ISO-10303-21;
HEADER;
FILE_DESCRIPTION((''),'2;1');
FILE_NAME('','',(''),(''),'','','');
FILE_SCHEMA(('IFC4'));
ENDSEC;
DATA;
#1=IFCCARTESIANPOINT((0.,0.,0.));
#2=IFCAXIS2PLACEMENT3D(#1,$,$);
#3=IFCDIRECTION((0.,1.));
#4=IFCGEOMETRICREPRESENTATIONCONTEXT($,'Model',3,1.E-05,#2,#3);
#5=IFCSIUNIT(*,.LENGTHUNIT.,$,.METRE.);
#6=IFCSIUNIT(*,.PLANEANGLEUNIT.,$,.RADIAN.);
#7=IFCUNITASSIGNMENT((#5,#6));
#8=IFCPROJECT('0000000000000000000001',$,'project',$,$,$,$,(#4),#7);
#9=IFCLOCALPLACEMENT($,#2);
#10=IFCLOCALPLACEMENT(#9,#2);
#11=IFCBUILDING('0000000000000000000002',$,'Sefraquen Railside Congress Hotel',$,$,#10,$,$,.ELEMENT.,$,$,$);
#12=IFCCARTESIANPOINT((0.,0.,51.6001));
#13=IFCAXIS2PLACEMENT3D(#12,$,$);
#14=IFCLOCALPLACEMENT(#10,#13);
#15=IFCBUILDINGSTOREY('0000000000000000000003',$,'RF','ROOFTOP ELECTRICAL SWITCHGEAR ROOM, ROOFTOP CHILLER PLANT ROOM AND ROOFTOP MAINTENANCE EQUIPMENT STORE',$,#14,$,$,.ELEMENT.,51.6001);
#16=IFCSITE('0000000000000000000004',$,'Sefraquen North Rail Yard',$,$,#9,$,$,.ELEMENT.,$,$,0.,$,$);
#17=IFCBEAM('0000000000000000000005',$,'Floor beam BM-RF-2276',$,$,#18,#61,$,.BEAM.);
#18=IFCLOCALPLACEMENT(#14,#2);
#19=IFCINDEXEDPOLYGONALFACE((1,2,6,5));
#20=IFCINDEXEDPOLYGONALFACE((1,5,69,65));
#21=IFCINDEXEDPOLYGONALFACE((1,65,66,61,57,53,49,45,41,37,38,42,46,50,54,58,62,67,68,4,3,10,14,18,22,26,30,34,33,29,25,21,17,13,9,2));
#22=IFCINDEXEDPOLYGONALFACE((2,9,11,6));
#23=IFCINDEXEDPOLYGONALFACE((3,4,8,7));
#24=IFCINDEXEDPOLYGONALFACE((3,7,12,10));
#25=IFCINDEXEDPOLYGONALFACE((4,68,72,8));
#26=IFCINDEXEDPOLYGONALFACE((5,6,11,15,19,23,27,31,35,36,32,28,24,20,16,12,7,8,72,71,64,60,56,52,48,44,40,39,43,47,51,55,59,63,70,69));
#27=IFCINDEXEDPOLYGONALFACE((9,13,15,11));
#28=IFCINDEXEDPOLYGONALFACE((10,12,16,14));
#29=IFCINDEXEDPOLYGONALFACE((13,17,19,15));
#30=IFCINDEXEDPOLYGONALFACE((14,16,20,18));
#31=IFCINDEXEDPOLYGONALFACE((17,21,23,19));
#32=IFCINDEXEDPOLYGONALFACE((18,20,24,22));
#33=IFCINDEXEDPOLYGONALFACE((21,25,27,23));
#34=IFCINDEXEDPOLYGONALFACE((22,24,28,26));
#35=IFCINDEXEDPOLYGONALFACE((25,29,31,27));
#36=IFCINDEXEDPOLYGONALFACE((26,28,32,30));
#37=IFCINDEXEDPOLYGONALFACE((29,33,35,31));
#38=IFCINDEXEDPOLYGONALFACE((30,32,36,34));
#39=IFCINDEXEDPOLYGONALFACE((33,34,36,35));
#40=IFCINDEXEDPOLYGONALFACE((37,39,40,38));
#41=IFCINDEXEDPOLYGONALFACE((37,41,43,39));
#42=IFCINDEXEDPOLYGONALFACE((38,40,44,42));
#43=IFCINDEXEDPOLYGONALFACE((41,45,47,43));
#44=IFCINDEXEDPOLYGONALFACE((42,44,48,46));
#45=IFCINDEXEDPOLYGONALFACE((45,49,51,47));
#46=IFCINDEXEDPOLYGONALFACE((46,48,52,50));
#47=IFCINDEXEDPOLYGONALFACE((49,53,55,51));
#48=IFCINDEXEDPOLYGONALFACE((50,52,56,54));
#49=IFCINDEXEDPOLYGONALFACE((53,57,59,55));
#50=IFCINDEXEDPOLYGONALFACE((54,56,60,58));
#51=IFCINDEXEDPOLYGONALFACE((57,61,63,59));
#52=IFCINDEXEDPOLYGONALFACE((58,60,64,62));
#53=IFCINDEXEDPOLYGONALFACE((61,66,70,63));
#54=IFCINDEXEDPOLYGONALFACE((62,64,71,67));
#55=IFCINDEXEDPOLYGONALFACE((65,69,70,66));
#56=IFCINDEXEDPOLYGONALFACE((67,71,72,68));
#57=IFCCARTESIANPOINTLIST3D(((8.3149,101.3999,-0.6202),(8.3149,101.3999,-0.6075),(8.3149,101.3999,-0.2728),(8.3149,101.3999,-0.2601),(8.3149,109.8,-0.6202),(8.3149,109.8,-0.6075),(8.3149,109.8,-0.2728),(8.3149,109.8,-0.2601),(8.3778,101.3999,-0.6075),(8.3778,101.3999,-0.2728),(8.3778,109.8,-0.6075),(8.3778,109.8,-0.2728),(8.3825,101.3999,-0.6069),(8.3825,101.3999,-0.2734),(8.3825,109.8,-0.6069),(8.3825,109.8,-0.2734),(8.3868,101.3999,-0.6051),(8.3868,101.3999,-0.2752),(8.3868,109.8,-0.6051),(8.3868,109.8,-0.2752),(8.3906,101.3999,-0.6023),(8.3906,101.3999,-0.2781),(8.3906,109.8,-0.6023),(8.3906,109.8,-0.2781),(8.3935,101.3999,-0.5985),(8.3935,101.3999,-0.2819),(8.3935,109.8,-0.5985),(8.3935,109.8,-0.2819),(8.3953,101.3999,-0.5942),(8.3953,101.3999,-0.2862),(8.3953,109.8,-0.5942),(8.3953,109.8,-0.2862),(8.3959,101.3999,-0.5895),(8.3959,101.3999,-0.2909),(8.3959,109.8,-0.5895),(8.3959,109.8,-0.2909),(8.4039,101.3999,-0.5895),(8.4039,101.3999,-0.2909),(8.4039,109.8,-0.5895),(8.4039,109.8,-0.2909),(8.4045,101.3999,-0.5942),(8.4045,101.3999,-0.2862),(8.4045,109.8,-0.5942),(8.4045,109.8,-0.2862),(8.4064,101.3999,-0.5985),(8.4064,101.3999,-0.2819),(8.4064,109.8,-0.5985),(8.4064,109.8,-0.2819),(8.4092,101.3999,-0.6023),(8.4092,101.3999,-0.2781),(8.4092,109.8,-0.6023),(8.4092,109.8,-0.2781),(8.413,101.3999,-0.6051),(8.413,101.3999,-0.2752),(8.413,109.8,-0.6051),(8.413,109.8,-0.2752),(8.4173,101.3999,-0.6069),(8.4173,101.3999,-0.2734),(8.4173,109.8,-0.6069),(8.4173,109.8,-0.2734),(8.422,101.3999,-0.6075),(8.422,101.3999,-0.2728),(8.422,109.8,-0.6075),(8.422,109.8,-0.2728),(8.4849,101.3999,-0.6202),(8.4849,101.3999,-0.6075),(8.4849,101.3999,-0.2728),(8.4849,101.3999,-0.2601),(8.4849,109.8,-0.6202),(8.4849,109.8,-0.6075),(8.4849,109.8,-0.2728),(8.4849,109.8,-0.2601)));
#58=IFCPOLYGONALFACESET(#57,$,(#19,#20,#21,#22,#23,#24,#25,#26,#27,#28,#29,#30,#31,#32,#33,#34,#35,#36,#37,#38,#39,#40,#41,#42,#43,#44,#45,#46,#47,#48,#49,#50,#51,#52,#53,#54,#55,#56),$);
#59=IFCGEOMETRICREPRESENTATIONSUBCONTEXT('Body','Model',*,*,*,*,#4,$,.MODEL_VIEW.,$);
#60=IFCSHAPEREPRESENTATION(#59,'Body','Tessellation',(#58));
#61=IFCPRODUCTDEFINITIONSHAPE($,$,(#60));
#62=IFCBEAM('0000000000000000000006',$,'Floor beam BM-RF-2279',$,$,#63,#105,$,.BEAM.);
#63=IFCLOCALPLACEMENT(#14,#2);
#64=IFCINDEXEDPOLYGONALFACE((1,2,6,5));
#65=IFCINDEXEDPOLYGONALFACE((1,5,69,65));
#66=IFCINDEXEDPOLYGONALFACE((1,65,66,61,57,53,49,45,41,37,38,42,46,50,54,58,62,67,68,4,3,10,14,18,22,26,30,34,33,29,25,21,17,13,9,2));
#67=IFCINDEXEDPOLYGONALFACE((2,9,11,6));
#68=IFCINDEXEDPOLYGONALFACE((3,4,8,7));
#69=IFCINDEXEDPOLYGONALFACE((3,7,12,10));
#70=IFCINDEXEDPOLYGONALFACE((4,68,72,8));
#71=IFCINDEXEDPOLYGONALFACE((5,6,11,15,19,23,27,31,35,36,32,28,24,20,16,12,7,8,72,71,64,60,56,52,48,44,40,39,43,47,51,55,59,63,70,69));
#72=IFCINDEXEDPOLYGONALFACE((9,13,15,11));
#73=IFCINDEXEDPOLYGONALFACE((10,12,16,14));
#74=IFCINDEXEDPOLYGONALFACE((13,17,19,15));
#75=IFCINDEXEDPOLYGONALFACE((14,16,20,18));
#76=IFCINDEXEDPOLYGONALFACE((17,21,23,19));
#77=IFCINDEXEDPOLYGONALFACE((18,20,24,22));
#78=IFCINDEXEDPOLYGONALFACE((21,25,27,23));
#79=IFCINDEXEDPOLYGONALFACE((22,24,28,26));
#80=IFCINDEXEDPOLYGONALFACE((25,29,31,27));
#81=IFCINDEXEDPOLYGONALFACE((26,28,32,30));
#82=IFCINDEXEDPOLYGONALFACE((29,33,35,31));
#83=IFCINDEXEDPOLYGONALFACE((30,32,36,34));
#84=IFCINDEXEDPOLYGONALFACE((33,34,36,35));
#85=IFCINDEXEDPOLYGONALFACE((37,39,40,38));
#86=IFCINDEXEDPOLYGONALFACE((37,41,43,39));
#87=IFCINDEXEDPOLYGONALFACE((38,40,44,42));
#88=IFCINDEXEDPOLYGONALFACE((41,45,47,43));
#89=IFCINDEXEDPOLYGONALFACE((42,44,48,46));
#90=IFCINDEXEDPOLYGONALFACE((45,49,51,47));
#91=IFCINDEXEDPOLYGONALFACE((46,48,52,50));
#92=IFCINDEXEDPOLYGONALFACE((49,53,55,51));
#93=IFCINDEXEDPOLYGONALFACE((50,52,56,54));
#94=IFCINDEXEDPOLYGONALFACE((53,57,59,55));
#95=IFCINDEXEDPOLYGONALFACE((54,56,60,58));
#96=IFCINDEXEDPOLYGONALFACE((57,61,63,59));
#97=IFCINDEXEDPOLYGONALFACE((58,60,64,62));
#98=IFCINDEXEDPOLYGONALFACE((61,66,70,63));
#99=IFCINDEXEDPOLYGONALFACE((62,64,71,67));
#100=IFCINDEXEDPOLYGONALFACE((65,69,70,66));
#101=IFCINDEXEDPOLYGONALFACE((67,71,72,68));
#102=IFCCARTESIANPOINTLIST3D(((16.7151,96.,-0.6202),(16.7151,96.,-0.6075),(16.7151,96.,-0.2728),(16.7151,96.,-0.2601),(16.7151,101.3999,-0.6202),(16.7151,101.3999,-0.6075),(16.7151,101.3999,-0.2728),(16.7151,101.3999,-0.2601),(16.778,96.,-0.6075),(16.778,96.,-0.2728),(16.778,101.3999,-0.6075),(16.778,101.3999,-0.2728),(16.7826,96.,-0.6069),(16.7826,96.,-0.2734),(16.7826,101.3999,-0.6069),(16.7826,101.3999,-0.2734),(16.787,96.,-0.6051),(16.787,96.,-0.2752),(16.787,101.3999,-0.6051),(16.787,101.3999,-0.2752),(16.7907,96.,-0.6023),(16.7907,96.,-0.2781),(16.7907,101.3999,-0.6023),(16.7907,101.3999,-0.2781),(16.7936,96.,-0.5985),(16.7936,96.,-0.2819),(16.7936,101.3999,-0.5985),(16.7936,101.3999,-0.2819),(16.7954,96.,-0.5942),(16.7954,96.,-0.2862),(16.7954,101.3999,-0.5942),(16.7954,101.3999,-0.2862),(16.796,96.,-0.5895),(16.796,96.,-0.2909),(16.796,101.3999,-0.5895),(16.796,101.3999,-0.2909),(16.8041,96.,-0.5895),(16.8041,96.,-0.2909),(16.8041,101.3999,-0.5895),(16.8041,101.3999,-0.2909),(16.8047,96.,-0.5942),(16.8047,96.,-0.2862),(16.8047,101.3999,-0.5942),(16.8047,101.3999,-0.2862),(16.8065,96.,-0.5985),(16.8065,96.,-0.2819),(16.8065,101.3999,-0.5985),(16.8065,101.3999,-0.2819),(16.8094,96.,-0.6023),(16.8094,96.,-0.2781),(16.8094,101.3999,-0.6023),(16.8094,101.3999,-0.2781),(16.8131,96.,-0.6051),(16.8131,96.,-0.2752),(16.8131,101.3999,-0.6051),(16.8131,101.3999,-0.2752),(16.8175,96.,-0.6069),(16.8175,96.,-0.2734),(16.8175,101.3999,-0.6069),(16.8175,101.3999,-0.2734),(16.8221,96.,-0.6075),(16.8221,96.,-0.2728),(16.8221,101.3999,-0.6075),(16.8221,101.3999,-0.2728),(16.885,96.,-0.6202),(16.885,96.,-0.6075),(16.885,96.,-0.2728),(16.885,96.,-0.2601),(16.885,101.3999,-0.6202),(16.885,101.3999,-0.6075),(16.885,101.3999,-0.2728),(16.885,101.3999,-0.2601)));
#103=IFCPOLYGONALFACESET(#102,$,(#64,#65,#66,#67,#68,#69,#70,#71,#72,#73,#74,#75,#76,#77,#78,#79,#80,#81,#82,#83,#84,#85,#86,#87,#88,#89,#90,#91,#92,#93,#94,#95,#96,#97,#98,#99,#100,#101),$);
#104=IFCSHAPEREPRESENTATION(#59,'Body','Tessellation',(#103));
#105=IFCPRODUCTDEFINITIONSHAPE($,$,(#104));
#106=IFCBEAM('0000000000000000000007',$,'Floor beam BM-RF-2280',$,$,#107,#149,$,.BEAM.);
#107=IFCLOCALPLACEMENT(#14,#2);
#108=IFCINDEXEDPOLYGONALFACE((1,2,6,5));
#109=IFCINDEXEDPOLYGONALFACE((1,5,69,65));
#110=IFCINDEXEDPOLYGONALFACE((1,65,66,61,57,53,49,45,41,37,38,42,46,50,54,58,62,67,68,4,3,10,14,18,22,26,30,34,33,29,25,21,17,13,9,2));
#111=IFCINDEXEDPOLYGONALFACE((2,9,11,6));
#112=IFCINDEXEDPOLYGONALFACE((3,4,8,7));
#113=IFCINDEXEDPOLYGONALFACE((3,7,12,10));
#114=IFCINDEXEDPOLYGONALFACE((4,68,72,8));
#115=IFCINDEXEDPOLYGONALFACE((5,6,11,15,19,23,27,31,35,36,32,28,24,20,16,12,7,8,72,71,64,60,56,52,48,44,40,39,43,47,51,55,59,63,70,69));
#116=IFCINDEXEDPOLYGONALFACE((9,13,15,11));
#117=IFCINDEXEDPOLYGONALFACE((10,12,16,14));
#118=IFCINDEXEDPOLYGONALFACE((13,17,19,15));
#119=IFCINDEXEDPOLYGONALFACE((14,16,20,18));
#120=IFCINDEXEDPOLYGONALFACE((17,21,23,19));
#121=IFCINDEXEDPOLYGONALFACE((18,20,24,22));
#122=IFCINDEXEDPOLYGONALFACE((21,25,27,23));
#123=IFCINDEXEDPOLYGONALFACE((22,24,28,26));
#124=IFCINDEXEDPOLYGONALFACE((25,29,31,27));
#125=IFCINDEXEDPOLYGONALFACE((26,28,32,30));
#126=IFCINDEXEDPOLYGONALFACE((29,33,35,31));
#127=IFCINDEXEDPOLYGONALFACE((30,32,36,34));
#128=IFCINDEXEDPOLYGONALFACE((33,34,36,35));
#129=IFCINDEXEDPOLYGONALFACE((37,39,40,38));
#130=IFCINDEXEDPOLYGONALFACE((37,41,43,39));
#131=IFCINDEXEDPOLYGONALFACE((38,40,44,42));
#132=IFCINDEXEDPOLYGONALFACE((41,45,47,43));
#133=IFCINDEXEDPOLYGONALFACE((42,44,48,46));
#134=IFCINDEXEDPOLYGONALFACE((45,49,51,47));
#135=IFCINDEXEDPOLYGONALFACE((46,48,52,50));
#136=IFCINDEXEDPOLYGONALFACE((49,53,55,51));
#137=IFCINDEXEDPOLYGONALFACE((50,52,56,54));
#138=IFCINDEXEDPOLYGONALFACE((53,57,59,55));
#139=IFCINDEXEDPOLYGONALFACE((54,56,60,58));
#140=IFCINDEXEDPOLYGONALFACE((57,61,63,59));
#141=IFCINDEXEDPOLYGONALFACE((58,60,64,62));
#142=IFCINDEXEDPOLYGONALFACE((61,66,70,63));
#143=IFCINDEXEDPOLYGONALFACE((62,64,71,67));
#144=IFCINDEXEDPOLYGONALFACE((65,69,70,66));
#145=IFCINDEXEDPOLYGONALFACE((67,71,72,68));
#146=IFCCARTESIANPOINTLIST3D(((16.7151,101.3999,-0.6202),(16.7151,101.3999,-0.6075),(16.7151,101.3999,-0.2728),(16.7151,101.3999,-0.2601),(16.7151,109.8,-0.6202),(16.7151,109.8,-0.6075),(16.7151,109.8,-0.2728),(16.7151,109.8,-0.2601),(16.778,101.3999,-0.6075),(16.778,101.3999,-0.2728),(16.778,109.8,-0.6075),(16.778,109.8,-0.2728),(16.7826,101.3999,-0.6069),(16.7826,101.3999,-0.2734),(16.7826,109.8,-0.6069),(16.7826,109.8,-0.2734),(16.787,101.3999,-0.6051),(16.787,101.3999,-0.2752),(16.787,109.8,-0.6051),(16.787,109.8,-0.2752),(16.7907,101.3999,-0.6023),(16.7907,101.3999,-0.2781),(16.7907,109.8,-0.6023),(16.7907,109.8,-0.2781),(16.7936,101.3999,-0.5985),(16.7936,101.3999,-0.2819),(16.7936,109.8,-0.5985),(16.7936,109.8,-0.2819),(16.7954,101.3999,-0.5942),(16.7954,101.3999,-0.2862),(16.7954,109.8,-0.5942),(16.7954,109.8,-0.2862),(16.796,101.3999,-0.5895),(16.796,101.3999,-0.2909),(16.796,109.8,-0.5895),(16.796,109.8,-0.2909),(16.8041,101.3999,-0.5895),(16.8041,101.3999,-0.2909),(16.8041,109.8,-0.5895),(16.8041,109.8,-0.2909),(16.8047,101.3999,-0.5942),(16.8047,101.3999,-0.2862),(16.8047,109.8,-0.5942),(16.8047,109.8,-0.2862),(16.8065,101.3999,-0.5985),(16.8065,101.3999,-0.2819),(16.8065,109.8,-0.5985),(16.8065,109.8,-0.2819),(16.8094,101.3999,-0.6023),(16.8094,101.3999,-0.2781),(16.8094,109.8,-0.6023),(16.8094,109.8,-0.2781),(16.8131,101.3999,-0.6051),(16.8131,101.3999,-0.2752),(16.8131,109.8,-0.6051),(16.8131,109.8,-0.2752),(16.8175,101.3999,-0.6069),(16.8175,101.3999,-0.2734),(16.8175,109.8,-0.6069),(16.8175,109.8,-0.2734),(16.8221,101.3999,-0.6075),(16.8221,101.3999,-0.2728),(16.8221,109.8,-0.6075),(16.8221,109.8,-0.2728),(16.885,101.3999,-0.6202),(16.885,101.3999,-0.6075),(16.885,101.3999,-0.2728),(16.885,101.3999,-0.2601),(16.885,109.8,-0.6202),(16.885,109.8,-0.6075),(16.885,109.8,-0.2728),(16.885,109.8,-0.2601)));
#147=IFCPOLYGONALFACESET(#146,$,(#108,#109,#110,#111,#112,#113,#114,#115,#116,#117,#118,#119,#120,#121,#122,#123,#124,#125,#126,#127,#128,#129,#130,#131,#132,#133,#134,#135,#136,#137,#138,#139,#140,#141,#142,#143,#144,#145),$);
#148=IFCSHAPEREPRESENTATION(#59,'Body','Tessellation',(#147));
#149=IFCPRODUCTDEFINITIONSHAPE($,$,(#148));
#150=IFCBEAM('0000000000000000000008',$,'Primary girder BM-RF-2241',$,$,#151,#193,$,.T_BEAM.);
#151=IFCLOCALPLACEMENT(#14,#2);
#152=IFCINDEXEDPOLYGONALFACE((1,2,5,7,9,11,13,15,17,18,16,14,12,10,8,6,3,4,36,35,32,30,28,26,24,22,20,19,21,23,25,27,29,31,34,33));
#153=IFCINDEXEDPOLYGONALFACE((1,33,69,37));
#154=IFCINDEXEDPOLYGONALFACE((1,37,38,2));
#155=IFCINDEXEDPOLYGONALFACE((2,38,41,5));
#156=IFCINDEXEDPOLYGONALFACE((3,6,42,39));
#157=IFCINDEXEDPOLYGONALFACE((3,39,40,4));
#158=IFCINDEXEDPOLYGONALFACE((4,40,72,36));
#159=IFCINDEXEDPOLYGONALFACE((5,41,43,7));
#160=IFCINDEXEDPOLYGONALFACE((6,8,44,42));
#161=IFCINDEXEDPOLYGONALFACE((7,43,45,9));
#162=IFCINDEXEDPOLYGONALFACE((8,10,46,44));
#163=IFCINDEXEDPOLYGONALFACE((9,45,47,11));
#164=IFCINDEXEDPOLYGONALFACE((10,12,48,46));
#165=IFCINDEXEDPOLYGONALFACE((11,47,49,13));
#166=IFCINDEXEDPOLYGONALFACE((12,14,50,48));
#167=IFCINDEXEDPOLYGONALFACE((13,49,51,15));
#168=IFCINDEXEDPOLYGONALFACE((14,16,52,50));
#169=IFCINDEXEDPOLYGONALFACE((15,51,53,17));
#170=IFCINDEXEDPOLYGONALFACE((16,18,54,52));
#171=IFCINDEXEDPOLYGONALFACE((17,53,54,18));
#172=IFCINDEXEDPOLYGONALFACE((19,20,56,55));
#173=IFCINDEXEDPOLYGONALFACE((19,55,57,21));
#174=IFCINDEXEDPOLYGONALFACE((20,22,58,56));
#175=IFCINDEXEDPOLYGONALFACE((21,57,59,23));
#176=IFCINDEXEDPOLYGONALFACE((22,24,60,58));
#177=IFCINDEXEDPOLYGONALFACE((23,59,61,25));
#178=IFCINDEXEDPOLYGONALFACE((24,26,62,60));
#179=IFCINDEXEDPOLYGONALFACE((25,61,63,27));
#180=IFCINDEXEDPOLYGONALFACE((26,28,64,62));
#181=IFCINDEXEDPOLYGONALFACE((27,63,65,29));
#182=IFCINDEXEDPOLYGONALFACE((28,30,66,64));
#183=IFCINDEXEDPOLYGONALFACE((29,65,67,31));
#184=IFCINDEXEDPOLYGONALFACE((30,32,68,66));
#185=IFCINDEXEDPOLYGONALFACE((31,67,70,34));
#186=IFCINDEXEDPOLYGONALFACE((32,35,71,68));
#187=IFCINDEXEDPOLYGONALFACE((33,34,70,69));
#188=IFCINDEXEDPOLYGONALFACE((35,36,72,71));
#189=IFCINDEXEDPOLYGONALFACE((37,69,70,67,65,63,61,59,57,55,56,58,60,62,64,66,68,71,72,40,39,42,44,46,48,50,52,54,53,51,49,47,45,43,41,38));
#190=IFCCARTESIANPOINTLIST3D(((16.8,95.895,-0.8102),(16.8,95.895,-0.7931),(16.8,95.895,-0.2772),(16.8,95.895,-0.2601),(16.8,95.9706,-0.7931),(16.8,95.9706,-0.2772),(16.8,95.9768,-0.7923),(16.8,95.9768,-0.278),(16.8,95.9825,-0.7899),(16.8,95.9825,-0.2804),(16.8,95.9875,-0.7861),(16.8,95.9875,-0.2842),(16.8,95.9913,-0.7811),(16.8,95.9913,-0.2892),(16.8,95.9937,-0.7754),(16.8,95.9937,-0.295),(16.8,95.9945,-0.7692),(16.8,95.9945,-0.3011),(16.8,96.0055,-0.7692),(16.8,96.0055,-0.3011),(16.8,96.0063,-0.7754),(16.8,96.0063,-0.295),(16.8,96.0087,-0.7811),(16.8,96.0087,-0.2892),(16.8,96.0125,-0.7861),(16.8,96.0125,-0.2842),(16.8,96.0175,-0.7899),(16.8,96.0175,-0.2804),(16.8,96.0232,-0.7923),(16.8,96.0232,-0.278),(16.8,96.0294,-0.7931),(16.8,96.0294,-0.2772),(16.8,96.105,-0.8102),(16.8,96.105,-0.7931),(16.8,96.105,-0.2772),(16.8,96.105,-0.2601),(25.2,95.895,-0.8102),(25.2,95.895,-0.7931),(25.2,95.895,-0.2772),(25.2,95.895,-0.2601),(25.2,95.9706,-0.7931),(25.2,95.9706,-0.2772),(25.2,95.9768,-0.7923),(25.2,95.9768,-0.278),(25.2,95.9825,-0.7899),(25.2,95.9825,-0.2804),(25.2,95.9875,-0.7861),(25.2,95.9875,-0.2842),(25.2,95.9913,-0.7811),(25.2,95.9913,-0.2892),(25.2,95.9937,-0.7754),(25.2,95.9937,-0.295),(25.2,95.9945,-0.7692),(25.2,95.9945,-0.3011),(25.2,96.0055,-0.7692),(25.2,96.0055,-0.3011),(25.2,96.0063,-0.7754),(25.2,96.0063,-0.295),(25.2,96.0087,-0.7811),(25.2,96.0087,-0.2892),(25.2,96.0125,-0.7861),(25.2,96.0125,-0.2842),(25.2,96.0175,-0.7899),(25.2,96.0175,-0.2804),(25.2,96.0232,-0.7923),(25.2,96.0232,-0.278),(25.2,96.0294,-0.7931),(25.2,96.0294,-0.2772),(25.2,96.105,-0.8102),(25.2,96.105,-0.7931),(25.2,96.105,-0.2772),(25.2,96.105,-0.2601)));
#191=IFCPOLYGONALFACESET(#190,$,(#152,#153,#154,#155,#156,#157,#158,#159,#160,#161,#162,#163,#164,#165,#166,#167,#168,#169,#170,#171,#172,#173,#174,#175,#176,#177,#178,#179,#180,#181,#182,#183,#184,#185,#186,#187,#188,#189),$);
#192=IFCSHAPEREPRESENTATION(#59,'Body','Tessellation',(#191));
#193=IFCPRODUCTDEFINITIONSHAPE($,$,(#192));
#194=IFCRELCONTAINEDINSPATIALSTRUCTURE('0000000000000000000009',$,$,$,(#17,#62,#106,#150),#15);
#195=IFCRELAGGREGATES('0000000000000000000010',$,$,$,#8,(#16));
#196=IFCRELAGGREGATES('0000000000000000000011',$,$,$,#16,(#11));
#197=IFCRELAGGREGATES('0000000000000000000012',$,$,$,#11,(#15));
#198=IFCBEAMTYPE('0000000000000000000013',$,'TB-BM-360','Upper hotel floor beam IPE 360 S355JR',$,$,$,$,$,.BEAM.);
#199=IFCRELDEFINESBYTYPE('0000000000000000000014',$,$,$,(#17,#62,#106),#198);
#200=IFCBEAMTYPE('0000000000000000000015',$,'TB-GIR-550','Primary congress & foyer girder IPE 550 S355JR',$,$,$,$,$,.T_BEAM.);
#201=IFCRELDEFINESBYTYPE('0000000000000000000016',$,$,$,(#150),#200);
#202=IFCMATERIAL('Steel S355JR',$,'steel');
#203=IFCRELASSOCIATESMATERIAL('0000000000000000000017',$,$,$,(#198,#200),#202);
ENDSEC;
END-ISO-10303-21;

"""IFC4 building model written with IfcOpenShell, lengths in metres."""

from ifc_helpers import new_model, si_unit, direction, frame, origin, origin_2d, place, context, subcontext, project, spatial, i_section, extrude, material, material_profile, profile_set, type_object, element, save


model = new_model("IFC4")

# Units and contexts
model_context = context("Model", 3, precision=1e-05, world=origin(), true_north=direction((0.0, 1.0)))
body_context = subcontext(model_context, "Body", "Model", "MODEL_VIEW")
ifc_project = project(units=[si_unit("LENGTHUNIT", "METRE"), si_unit("PLANEANGLEUNIT", "RADIAN")], contexts=[model_context])

# Site, building, storey
site_placement = place(None, origin())
site = spatial("IfcSite", under=ifc_project, at=site_placement, Name="Sefraquen North Rail Yard", CompositionType="ELEMENT", RefElevation=0.0)
building_placement = place(site_placement, origin())
building = spatial("IfcBuilding", under=site, at=building_placement, Name="Sefraquen Railside Congress Hotel", CompositionType="ELEMENT")
storey_placement = place(building_placement, frame((0.0, 0.0, 51.6001)))
storey = spatial("IfcBuildingStorey", under=building, at=storey_placement, Name="RF", Description="ROOFTOP ELECTRICAL SWITCHGEAR ROOM, ROOFTOP CHILLER PLANT ROOM AND ROOFTOP MAINTENANCE EQUIPMENT STORE", CompositionType="ELEMENT", Elevation=51.6001)

# Beams
ifc_material_1 = material(Name="Steel S355JR", Category="steel")
ifc_material_profile_1 = material_profile(ifc_material_1, i_section(OverallWidth=0.1699, OverallDepth=0.3601, WebThickness=0.0081, FlangeThickness=0.0127, FilletRadius=0.0181, at=origin_2d()), Name="IPE 360")
ifc_profile_set_1 = profile_set([ifc_material_profile_1], Name="Steel S355JR")
beam_type_1 = type_object("IfcBeamType", Name="TB-BM-360", Description="Upper hotel floor beam IPE 360 S355JR", PredefinedType="BEAM", material=ifc_profile_set_1)
beam_1_placement = place(storey_placement, frame((8.3999, 101.3999, -0.4402), z_axis=(0.0, 1.0, 0.0), x_axis=(-1.0, 0.0, 0.0)))
element("IfcBeam", 1, at=beam_1_placement, inside=storey, type_object=beam_type_1, Name="Floor beam BM-RF-2276", PredefinedType="BEAM", context=body_context, shape_type="SweptSolid", body=[
    extrude(i_section(OverallWidth=0.1699, OverallDepth=0.3601, WebThickness=0.0081, FlangeThickness=0.0127, FilletRadius=0.0181, at=origin_2d()), origin(), (0.0, 0.0, 1.0), 8.4001),
])
beam_2_placement = place(storey_placement, frame((16.8, 96.0, -0.4402), z_axis=(0.0, 1.0, 0.0), x_axis=(-1.0, 0.0, 0.0)))
element("IfcBeam", 2, at=beam_2_placement, inside=storey, type_object=beam_type_1, Name="Floor beam BM-RF-2279", PredefinedType="BEAM", context=body_context, shape_type="SweptSolid", body=[
    extrude(i_section(OverallWidth=0.1699, OverallDepth=0.3601, WebThickness=0.0081, FlangeThickness=0.0127, FilletRadius=0.0181, at=origin_2d()), origin(), (0.0, 0.0, 1.0), 5.3999),
])
beam_3_placement = place(storey_placement, frame((16.8, 101.3999, -0.4402), z_axis=(0.0, 1.0, 0.0), x_axis=(-1.0, 0.0, 0.0)))
element("IfcBeam", 3, at=beam_3_placement, inside=storey, type_object=beam_type_1, Name="Floor beam BM-RF-2280", PredefinedType="BEAM", context=body_context, shape_type="SweptSolid", body=[
    extrude(i_section(OverallWidth=0.1699, OverallDepth=0.3601, WebThickness=0.0081, FlangeThickness=0.0127, FilletRadius=0.0181, at=origin_2d()), origin(), (0.0, 0.0, 1.0), 8.4001),
])
ifc_material_profile_2 = material_profile(ifc_material_1, i_section(OverallWidth=0.21, OverallDepth=0.55, WebThickness=0.011, FlangeThickness=0.0171, FilletRadius=0.0239, at=origin_2d()), Name="IPE 550")
ifc_profile_set_2 = profile_set([ifc_material_profile_2], Name="Steel S355JR")
beam_type_2 = type_object("IfcBeamType", Name="TB-GIR-550", Description="Primary congress & foyer girder IPE 550 S355JR", PredefinedType="T_BEAM", material=ifc_profile_set_2)
beam_4_placement = place(storey_placement, frame((16.8, 96.0, -0.5352), z_axis=(1.0, 0.0, 0.0), x_axis=(0.0, 1.0, 0.0)))
element("IfcBeam", 4, at=beam_4_placement, inside=storey, type_object=beam_type_2, Name="Primary girder BM-RF-2241", PredefinedType="T_BEAM", context=body_context, shape_type="SweptSolid", body=[
    extrude(i_section(OverallWidth=0.21, OverallDepth=0.55, WebThickness=0.011, FlangeThickness=0.0171, FilletRadius=0.0239, at=origin_2d()), origin(), (0.0, 0.0, 1.0), 8.3999),
])

save(model, "model.ifc")
